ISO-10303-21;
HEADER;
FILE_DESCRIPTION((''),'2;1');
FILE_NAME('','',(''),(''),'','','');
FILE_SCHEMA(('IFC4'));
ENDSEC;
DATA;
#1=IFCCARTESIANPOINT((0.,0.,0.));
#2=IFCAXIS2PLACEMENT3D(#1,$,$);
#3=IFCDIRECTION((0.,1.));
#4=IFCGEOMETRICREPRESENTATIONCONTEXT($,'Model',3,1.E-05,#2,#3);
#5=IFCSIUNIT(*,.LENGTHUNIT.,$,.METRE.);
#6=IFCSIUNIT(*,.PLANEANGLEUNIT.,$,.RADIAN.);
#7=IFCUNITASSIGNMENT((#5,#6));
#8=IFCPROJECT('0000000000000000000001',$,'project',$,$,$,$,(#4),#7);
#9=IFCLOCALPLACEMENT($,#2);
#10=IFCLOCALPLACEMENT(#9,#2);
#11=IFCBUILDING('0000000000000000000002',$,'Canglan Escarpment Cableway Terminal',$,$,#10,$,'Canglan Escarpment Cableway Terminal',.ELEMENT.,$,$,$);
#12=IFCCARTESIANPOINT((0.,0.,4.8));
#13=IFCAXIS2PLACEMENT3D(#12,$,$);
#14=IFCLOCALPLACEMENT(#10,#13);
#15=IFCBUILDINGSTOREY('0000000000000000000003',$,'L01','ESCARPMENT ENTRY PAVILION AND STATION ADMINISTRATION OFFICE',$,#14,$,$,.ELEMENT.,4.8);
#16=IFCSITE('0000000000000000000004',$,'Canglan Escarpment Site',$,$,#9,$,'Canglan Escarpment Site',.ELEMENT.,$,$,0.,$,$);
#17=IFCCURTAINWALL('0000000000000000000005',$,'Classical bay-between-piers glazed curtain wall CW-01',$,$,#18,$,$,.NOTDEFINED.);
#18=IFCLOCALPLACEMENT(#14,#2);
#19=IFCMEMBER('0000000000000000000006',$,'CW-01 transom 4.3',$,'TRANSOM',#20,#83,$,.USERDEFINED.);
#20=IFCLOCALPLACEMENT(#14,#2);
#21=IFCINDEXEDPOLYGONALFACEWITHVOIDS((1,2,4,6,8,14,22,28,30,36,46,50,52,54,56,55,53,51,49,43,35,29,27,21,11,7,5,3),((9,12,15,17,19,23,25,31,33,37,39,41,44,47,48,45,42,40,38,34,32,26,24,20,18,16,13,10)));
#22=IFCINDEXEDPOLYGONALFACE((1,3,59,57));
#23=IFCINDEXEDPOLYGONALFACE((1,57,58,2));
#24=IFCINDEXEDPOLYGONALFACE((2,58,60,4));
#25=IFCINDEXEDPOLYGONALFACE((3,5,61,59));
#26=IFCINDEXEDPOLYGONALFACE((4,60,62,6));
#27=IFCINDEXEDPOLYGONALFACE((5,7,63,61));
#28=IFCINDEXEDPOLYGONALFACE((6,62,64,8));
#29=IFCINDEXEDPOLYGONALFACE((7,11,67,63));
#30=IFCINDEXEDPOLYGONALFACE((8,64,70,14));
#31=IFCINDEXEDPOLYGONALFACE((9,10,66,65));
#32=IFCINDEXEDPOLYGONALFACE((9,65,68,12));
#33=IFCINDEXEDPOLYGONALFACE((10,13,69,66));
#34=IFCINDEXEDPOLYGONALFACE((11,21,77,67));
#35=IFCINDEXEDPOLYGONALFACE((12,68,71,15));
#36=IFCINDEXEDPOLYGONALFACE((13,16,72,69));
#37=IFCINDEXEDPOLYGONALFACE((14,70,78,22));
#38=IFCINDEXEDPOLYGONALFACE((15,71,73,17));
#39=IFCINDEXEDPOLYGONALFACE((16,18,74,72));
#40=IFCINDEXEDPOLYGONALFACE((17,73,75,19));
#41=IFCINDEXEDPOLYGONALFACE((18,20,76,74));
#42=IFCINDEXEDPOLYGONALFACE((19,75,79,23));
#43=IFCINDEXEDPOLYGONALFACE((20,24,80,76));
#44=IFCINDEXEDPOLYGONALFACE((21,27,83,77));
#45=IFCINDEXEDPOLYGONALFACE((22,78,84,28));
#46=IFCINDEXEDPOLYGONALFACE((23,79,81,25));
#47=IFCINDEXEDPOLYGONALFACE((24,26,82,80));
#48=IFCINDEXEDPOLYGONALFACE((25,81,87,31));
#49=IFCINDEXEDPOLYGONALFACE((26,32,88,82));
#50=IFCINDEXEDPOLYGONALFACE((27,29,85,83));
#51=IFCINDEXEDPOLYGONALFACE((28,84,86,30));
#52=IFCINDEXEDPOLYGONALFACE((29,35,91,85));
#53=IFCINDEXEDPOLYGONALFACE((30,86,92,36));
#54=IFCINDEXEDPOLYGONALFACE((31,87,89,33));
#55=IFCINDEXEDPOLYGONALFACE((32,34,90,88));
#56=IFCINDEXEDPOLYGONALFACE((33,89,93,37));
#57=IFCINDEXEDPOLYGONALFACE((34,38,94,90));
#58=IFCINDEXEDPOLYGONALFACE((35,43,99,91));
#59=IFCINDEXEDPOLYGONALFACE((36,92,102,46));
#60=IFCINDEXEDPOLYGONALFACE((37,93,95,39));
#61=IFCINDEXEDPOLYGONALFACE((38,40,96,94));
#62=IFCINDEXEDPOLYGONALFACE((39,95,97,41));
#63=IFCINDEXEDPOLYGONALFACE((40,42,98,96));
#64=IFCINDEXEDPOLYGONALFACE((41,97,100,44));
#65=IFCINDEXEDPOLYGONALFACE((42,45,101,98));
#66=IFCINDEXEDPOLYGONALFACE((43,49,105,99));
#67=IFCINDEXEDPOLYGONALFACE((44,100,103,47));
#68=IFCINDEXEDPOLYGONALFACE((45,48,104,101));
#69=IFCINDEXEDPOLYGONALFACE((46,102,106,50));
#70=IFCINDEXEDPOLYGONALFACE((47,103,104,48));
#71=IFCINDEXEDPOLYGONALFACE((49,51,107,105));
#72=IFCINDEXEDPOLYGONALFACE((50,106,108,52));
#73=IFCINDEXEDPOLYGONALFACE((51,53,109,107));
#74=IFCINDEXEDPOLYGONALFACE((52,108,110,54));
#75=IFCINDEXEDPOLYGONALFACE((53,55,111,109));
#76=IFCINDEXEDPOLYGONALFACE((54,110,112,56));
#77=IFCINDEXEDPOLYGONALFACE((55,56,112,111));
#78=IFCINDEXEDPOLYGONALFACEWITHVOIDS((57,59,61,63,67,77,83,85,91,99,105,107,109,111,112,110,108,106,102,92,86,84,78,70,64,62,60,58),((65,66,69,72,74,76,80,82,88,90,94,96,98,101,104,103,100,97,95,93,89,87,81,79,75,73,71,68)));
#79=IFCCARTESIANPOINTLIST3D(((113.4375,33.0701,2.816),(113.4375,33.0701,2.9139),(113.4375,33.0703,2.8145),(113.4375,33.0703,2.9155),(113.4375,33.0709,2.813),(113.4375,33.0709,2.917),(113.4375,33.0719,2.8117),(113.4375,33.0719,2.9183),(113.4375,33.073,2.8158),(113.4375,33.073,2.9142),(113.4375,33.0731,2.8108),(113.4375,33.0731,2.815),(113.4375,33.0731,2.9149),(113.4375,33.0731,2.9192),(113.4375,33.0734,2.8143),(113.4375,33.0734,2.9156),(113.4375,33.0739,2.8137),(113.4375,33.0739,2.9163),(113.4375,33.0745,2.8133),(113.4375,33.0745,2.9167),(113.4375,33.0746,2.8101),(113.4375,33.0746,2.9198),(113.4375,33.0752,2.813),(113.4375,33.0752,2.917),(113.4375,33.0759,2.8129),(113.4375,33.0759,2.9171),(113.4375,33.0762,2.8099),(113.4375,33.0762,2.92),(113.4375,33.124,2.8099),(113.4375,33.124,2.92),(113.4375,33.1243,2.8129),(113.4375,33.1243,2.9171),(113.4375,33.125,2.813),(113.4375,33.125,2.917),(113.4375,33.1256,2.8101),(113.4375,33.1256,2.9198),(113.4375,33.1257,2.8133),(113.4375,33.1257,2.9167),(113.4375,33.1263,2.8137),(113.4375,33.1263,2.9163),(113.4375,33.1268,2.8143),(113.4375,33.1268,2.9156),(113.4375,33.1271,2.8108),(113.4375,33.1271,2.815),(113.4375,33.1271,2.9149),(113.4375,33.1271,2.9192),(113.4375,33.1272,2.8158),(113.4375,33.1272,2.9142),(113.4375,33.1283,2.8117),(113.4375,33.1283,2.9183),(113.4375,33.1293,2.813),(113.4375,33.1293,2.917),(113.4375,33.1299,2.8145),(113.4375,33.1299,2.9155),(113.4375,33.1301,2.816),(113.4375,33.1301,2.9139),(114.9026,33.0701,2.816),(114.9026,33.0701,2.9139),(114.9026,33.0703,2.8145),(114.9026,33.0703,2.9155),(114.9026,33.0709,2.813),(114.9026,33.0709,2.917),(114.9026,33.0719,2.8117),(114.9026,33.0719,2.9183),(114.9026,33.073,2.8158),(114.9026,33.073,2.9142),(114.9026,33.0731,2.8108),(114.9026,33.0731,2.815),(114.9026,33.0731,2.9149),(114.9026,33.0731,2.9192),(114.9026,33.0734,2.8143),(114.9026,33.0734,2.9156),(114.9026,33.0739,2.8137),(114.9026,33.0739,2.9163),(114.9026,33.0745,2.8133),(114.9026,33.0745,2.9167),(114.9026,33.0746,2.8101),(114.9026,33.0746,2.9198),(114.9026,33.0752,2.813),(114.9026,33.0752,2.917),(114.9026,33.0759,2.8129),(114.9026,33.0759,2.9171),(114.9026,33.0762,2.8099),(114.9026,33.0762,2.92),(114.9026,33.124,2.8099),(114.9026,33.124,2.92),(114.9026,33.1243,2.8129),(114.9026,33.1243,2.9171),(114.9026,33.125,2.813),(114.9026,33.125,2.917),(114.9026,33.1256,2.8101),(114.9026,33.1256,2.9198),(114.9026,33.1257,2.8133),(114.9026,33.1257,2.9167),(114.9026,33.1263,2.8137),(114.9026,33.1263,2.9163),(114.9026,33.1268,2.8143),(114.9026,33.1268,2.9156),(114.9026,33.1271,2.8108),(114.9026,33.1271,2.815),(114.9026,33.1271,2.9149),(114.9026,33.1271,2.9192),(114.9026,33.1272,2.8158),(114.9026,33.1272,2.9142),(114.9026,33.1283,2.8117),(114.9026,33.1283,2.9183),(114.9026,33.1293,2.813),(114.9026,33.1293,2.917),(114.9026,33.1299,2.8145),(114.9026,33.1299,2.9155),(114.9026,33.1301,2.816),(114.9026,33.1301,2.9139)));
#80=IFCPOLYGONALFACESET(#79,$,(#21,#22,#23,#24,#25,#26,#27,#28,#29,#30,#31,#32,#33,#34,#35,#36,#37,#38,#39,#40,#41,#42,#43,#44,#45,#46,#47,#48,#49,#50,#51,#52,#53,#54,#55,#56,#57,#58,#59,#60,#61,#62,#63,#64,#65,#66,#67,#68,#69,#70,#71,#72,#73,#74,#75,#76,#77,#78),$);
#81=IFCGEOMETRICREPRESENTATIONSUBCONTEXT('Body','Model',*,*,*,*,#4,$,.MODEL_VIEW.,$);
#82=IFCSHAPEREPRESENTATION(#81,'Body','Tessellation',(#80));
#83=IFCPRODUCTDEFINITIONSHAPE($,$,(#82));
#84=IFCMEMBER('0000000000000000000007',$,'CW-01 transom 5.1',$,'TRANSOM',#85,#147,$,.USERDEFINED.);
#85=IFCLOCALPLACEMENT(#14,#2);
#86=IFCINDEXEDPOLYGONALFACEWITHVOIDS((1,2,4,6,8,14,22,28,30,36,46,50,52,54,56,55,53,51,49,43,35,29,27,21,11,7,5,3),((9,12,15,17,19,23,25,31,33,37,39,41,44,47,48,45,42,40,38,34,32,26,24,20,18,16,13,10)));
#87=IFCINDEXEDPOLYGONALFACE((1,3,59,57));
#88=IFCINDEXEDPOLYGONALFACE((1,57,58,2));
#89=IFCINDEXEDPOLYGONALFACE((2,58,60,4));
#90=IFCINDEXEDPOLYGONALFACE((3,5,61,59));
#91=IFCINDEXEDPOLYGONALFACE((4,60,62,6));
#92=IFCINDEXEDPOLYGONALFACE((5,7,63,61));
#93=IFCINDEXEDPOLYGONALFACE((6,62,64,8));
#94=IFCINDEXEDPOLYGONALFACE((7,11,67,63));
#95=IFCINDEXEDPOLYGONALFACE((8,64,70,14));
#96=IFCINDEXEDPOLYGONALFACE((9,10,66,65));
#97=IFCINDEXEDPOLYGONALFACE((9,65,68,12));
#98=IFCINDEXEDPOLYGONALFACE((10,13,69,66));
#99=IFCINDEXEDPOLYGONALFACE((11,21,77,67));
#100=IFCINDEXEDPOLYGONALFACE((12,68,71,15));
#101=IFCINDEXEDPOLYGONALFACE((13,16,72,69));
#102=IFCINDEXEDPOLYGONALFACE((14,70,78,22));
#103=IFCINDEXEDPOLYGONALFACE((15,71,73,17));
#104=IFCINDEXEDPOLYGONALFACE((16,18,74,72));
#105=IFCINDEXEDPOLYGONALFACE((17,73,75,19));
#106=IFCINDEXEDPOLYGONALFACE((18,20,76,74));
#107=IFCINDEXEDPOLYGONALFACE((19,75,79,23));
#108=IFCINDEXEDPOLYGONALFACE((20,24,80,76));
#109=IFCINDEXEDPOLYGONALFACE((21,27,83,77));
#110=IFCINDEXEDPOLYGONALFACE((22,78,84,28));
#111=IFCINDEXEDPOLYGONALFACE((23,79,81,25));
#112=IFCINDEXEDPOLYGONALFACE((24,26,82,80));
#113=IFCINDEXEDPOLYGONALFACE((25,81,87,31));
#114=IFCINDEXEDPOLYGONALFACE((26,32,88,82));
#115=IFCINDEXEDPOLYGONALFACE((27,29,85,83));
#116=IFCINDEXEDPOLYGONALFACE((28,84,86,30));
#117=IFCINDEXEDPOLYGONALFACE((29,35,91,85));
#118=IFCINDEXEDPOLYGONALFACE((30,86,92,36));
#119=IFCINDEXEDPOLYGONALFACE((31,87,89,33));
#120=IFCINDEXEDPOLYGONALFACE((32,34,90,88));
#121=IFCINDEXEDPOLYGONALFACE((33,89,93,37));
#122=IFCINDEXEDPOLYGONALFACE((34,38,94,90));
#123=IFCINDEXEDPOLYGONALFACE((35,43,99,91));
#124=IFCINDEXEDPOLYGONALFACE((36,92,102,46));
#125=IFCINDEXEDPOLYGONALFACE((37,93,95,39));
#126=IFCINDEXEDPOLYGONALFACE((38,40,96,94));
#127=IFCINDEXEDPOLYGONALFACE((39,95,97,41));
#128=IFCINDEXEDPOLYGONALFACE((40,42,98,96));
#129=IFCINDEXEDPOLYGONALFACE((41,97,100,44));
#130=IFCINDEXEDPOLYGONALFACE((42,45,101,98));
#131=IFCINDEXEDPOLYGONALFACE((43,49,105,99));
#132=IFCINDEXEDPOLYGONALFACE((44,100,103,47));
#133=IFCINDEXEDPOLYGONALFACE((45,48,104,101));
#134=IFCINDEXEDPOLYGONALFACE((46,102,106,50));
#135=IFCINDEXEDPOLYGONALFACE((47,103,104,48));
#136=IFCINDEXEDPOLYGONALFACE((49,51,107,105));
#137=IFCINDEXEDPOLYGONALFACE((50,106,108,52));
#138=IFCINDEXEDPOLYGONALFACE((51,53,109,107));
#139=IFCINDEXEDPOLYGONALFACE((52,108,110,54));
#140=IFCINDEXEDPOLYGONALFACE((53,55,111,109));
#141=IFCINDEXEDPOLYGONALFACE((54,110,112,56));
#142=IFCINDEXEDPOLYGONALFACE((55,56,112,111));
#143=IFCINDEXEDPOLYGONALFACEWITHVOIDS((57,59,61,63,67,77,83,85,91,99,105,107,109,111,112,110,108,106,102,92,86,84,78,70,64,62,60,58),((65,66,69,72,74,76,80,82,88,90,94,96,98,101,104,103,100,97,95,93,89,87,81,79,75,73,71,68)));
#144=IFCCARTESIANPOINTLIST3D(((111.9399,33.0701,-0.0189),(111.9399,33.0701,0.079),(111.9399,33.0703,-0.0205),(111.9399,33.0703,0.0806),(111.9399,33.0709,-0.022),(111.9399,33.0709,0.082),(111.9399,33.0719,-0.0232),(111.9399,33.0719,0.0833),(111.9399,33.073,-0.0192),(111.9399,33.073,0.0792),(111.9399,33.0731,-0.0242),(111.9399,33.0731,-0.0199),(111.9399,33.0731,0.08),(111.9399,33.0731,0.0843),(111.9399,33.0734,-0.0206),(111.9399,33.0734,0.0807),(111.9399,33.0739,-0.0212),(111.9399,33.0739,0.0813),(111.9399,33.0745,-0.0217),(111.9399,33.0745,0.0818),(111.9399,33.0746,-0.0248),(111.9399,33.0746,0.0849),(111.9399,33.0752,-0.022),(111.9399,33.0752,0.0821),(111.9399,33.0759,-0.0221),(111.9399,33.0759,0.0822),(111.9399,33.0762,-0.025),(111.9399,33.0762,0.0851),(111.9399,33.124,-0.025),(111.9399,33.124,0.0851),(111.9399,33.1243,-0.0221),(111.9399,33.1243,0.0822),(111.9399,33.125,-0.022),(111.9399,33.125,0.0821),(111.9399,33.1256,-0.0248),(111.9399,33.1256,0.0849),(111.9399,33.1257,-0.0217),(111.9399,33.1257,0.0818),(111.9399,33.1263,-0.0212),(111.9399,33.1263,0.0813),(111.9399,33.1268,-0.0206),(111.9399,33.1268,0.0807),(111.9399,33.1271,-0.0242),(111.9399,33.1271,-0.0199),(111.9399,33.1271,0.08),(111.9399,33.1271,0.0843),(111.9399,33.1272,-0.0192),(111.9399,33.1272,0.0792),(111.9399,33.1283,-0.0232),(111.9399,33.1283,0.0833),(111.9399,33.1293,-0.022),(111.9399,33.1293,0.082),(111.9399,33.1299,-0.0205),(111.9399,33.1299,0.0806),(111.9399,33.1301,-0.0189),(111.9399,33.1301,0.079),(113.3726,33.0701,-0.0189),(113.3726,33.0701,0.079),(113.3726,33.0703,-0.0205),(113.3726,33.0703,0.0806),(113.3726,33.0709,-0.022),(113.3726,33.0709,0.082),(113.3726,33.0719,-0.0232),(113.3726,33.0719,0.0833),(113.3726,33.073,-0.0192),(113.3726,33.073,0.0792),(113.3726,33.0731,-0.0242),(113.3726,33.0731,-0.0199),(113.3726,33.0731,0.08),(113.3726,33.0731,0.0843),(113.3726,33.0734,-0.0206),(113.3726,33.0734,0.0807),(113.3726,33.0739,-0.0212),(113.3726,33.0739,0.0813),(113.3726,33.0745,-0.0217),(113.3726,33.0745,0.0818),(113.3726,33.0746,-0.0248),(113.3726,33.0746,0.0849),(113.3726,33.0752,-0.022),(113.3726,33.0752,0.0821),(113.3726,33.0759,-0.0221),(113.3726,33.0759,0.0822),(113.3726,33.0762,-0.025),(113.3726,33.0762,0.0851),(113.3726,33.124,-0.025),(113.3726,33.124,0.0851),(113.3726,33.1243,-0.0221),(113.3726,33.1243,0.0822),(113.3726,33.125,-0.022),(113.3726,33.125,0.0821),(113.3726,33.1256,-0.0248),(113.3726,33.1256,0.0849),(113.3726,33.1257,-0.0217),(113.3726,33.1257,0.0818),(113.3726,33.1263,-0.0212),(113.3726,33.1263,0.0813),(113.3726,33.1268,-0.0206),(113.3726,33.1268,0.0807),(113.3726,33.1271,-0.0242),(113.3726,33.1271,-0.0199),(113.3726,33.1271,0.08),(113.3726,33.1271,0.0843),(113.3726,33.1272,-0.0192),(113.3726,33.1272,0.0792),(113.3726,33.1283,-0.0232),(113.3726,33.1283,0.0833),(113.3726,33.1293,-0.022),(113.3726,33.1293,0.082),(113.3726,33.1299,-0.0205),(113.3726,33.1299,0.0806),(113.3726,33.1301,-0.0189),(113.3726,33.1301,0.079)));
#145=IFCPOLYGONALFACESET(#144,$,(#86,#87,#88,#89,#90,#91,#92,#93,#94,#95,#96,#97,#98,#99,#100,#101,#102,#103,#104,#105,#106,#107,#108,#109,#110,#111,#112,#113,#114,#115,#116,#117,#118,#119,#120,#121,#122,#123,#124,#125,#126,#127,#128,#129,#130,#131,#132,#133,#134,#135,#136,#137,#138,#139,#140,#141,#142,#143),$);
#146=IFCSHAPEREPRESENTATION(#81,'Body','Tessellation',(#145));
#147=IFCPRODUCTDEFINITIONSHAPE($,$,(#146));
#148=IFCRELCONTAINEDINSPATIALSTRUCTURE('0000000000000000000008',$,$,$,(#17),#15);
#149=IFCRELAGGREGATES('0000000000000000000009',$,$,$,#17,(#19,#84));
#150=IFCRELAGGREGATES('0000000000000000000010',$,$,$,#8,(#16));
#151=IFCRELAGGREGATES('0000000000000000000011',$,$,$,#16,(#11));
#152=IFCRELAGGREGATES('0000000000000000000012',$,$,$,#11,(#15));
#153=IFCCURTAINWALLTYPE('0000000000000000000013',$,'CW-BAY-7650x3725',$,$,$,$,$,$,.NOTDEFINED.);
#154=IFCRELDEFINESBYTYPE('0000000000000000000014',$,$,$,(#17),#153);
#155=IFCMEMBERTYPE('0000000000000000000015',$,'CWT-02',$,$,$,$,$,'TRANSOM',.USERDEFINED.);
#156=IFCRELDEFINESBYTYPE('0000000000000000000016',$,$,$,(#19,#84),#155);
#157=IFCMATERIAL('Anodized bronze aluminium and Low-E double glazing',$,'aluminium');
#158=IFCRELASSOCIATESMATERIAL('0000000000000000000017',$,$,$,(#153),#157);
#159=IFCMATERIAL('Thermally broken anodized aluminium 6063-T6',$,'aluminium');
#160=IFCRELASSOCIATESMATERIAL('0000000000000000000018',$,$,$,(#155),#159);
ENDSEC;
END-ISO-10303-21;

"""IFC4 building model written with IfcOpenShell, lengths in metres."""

from ifc_helpers import new_model, si_unit, direction, frame, origin, origin_2d, place, context, subcontext, project, spatial, hollow_rectangle, extrude, material, material_profile, profile_set, type_object, element, aggregate, save


model = new_model("IFC4")

# Units and contexts
model_context = context("Model", 3, precision=1e-05, world=origin(), true_north=direction((0.0, 1.0)))
body_context = subcontext(model_context, "Body", "Model", "MODEL_VIEW")
ifc_project = project(units=[si_unit("LENGTHUNIT", "METRE"), si_unit("PLANEANGLEUNIT", "RADIAN")], contexts=[model_context])

# Site, building, storey
site_placement = place(None, origin())
site = spatial("IfcSite", under=ifc_project, at=site_placement, Name="Canglan Escarpment Site", LongName="Canglan Escarpment Site", CompositionType="ELEMENT", RefElevation=0.0)
building_placement = place(site_placement, origin())
building = spatial("IfcBuilding", under=site, at=building_placement, Name="Canglan Escarpment Cableway Terminal", LongName="Canglan Escarpment Cableway Terminal", CompositionType="ELEMENT")
storey_placement = place(building_placement, frame((0.0, 0.0, 4.8)))
storey = spatial("IfcBuildingStorey", under=building, at=storey_placement, Name="L01", Description="ESCARPMENT ENTRY PAVILION AND STATION ADMINISTRATION OFFICE", CompositionType="ELEMENT", Elevation=4.8)

# Curtain wall, members
ifc_material_1 = material(Name="Anodized bronze aluminium and Low-E double glazing", Category="aluminium")
curtain_wall_type = type_object("IfcCurtainWallType", Name="CW-BAY-7650x3725", PredefinedType="NOTDEFINED", material=ifc_material_1)
curtain_wall_placement = place(storey_placement, origin())
curtain_wall = element("IfcCurtainWall", 1, at=curtain_wall_placement, inside=storey, type_object=curtain_wall_type, Name="Classical bay-between-piers glazed curtain wall CW-01", PredefinedType="NOTDEFINED")
ifc_material_2 = material(Name="Thermally broken anodized aluminium 6063-T6", Category="aluminium")
ifc_material_profile_1 = material_profile(ifc_material_2, hollow_rectangle(XDim=0.0601, YDim=0.1101, WallThickness=0.0029, InnerFilletRadius=0.0029, OuterFilletRadius=0.0061, at=origin_2d()), Name="ALU-TRAN 60x110x3")
ifc_profile_set_1 = profile_set([ifc_material_profile_1], Name="Thermally broken anodized aluminium 6063-T6")
member_type_1 = type_object("IfcMemberType", Name="CWT-02", ElementType="TRANSOM", PredefinedType="USERDEFINED", material=ifc_profile_set_1)
member_1_placement = place(storey_placement, frame((114.9026, 33.1001, 2.865), z_axis=(-1.0, 0.0, 0.0), x_axis=(0.0, -1.0, 0.0)))
member_1 = element("IfcMember", 2, at=member_1_placement, type_object=member_type_1, Name="CW-01 transom 4.3", ObjectType="TRANSOM", PredefinedType="USERDEFINED", context=body_context, shape_type="SweptSolid", body=[
    extrude(hollow_rectangle(XDim=0.0601, YDim=0.1101, WallThickness=0.0029, InnerFilletRadius=0.0029, OuterFilletRadius=0.0061, at=origin_2d()), origin(), (0.0, 0.0, 1.0), 1.4651),
])
member_2_placement = place(storey_placement, frame((113.3726, 33.1001, 0.03), z_axis=(-1.0, 0.0, 0.0), x_axis=(0.0, -1.0, 0.0)))
member_2 = element("IfcMember", 3, at=member_2_placement, type_object=member_type_1, Name="CW-01 transom 5.1", ObjectType="TRANSOM", PredefinedType="USERDEFINED", context=body_context, shape_type="SweptSolid", body=[
    extrude(hollow_rectangle(XDim=0.0601, YDim=0.1101, WallThickness=0.0029, InnerFilletRadius=0.0029, OuterFilletRadius=0.0061, at=origin_2d()), origin(), (0.0, 0.0, 1.0), 1.4326),
])

aggregate(curtain_wall, [member_1, member_2])

save(model, "model.ifc")
